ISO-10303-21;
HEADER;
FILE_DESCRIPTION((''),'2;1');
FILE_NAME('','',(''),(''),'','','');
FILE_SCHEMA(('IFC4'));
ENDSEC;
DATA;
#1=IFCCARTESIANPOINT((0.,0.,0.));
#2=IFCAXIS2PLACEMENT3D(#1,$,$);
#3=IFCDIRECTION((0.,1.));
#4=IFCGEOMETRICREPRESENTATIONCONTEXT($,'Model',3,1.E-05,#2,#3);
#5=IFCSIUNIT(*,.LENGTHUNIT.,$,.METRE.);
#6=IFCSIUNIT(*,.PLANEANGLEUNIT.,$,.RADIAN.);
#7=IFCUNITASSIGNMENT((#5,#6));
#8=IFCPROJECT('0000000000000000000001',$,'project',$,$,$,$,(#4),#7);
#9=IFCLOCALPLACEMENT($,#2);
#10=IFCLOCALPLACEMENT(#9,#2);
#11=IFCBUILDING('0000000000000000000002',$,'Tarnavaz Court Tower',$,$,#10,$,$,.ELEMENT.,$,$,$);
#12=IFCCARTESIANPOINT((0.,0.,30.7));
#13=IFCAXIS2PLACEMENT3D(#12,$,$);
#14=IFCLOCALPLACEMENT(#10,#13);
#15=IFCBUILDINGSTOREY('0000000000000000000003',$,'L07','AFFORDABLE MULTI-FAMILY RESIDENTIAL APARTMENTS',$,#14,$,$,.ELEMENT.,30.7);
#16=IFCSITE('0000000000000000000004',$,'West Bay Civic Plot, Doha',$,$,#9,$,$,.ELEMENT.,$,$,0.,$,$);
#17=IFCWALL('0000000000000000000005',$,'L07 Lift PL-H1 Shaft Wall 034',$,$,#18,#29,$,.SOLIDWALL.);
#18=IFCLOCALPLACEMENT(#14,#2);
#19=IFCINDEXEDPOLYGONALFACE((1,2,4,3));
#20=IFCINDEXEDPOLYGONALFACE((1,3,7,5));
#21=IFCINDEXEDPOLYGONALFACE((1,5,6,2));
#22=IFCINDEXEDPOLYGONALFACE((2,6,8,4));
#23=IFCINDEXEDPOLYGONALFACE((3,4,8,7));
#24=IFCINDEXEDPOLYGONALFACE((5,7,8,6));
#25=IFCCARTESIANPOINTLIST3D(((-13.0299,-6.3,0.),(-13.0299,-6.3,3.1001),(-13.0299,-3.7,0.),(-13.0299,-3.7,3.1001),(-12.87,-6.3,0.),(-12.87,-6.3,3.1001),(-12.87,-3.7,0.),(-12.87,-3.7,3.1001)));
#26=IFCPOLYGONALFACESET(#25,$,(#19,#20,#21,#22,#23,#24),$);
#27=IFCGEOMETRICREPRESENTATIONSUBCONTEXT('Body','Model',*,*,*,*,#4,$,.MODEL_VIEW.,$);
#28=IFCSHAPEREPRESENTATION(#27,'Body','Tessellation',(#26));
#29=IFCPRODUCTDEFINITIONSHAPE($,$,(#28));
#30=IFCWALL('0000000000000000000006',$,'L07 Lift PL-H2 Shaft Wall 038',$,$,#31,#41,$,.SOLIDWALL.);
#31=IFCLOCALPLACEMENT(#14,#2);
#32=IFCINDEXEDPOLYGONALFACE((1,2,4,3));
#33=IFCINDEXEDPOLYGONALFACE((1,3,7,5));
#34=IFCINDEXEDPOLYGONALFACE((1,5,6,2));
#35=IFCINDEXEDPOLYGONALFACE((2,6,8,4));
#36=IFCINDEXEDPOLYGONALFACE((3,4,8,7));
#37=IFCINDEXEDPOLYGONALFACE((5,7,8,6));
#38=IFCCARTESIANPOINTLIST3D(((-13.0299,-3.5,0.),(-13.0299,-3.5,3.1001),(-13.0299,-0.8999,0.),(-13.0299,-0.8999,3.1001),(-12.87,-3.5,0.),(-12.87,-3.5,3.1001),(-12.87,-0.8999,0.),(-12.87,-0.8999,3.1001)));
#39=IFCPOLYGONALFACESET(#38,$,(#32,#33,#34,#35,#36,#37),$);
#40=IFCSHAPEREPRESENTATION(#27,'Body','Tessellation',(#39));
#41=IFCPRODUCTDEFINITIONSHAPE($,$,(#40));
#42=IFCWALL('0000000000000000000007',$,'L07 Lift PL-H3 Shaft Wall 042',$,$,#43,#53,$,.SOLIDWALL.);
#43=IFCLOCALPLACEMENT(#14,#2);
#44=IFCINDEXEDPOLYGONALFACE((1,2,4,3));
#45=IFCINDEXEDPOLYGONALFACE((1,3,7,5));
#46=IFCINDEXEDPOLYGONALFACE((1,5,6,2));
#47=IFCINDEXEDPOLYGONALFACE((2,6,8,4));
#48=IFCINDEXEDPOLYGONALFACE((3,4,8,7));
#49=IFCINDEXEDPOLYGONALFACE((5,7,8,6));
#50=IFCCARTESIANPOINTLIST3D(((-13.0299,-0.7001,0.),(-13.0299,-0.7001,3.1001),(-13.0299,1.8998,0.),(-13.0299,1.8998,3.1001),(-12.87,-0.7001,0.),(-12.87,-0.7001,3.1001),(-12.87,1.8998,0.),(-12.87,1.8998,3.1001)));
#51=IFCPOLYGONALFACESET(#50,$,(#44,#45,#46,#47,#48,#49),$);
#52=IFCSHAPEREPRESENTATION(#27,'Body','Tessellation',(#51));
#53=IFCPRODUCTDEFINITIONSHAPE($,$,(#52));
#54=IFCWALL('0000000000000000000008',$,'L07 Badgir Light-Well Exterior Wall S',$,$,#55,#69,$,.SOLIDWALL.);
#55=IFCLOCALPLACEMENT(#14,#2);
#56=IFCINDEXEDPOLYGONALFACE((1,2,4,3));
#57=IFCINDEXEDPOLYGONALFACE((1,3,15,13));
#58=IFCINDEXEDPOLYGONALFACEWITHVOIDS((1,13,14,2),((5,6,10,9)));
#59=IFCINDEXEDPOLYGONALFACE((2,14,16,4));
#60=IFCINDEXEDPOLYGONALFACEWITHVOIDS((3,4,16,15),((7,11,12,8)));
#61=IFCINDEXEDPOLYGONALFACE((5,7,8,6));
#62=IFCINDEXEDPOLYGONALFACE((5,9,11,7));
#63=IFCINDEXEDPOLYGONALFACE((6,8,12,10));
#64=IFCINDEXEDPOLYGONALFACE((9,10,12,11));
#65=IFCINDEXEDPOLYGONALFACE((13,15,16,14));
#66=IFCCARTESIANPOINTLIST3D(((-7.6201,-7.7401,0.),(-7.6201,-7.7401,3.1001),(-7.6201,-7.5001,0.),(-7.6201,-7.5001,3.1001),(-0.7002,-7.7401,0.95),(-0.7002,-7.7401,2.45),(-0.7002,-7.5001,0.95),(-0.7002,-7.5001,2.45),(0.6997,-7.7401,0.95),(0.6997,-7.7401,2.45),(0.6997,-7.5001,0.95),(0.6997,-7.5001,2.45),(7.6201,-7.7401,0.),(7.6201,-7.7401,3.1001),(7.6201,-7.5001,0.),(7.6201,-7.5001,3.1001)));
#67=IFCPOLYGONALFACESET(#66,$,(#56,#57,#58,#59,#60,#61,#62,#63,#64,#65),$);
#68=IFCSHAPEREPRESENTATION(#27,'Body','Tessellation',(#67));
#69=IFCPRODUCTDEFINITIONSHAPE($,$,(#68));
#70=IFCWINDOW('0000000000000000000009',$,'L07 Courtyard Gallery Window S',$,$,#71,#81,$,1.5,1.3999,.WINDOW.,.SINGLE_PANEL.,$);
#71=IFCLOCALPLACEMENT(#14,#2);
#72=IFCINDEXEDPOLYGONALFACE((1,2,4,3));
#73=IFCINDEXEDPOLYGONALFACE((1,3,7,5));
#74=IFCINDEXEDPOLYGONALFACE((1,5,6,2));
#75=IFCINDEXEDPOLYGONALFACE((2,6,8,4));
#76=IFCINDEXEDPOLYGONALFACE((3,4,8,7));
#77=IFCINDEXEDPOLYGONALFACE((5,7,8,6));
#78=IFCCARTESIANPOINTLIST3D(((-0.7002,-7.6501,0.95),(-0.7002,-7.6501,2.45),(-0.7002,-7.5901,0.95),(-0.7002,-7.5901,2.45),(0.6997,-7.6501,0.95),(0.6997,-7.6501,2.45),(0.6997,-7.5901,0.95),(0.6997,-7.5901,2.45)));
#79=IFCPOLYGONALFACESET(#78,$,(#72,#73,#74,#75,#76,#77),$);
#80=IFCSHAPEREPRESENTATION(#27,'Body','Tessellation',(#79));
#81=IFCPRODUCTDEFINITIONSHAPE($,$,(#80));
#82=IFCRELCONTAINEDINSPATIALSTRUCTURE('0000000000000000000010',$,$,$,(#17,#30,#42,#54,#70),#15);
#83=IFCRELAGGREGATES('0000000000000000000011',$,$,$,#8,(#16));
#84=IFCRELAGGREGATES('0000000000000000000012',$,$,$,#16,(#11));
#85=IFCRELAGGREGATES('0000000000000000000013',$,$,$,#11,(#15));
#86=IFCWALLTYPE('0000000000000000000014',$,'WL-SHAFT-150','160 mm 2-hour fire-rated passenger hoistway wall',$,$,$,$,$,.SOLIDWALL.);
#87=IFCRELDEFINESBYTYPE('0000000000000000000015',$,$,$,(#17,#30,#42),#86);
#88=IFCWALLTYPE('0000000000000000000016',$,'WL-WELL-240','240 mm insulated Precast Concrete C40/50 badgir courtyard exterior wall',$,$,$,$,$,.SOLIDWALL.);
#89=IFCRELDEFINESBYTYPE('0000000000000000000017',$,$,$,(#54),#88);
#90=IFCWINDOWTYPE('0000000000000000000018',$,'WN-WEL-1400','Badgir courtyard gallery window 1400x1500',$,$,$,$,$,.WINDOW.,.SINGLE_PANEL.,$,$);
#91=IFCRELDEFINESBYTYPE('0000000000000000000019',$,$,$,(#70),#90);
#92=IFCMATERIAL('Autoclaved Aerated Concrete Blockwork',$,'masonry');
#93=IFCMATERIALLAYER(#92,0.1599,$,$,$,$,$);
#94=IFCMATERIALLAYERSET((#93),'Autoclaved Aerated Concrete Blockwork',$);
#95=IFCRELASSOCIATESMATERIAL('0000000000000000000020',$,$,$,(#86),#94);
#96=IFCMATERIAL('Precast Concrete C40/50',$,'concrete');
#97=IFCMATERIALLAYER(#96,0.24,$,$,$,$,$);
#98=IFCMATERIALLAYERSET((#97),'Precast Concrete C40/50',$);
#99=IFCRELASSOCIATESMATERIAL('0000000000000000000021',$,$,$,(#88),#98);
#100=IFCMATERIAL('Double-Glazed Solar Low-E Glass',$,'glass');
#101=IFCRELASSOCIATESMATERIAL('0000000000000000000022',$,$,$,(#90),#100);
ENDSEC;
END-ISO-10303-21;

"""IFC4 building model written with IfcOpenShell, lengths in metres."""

from ifc_helpers import new_model, si_unit, direction, frame, frame_2d, origin, place, context, subcontext, project, spatial, rectangle, extrude, material, layer, layer_set, type_object, element, fill, save


model = new_model("IFC4")

# Units and contexts
model_context = context("Model", 3, precision=1e-05, world=origin(), true_north=direction((0.0, 1.0)))
body_context = subcontext(model_context, "Body", "Model", "MODEL_VIEW")
ifc_project = project(units=[si_unit("LENGTHUNIT", "METRE"), si_unit("PLANEANGLEUNIT", "RADIAN")], contexts=[model_context])

# Site, building, storey
site_placement = place(None, origin())
site = spatial("IfcSite", under=ifc_project, at=site_placement, Name="West Bay Civic Plot, Doha", CompositionType="ELEMENT", RefElevation=0.0)
building_placement = place(site_placement, origin())
building = spatial("IfcBuilding", under=site, at=building_placement, Name="Tarnavaz Court Tower", CompositionType="ELEMENT")
storey_placement = place(building_placement, frame((0.0, 0.0, 30.7)))
storey = spatial("IfcBuildingStorey", under=building, at=storey_placement, Name="L07", Description="AFFORDABLE MULTI-FAMILY RESIDENTIAL APARTMENTS", CompositionType="ELEMENT", Elevation=30.7)

# Shared definitions
ifc_material_1 = material(Name="Autoclaved Aerated Concrete Blockwork", Category="masonry")
ifc_layer_1 = layer(ifc_material_1, 0.1599)
ifc_layer_set_1 = layer_set([ifc_layer_1], Name="Autoclaved Aerated Concrete Blockwork")
wall_type_1 = type_object("IfcWallType", Name="WL-SHAFT-150", Description="160 mm 2-hour fire-rated passenger hoistway wall", PredefinedType="SOLIDWALL", material=ifc_layer_set_1)

# Walls
for number, where, z_axis, x_axis, name in (
    (1, (-12.95, -6.3, 0.0), (0.0, 0.0, 1.0), (0.0, 1.0, 0.0), "L07 Lift PL-H1 Shaft Wall 034"),
    (2, (-12.95, -3.5, 0.0), (0.0, 0.0, 1.0), (0.0, 1.0, 0.0), "L07 Lift PL-H2 Shaft Wall 038"),
):
    element("IfcWall", number, at=place(storey_placement, frame(where, z_axis=z_axis, x_axis=x_axis)), inside=storey, type_object=wall_type_1, Name=name, PredefinedType="SOLIDWALL", context=body_context, shape_type="SweptSolid", body=[
        extrude(rectangle(XDim=2.6001, YDim=0.1599, at=frame_2d((1.3, 0.0))), origin(), (0.0, 0.0, 1.0), 3.1001),
    ])
wall_1_placement = place(storey_placement, frame((-12.95, -0.7, 0.0), z_axis=(0.0, 0.0, 1.0), x_axis=(0.0, 1.0, 0.0)))
element("IfcWall", 3, at=wall_1_placement, inside=storey, type_object=wall_type_1, Name="L07 Lift PL-H3 Shaft Wall 042", PredefinedType="SOLIDWALL", context=body_context, shape_type="SweptSolid", body=[
    extrude(rectangle(XDim=2.5999, YDim=0.1599, at=frame_2d((1.2998, 0.0))), origin(), (0.0, 0.0, 1.0), 3.1001),
])

# Wall, opening, window
ifc_material_2 = material(Name="Precast Concrete C40/50", Category="concrete")
ifc_layer_2 = layer(ifc_material_2, 0.24)
ifc_layer_set_2 = layer_set([ifc_layer_2], Name="Precast Concrete C40/50")
wall_type_2 = type_object("IfcWallType", Name="WL-WELL-240", Description="240 mm insulated Precast Concrete C40/50 badgir courtyard exterior wall", PredefinedType="SOLIDWALL", material=ifc_layer_set_2)
wall_2_placement = place(storey_placement, frame((-7.6201, -7.6201, 0.0), z_axis=(0.0, 0.0, 1.0), x_axis=(1.0, 0.0, 0.0)))
wall_2 = element("IfcWall", 4, at=wall_2_placement, inside=storey, type_object=wall_type_2, Name="L07 Badgir Light-Well Exterior Wall S", PredefinedType="SOLIDWALL", context=body_context, shape_type="SweptSolid", body=[
    extrude(rectangle(XDim=15.2402, YDim=0.24, at=frame_2d((7.6201, 0.0))), origin(), (0.0, 0.0, 1.0), 3.1001),
])
opening_1_placement = place(wall_2_placement, frame((6.9199, 0.0, 0.95)))
opening_1 = element("IfcOpeningElement", 5, at=opening_1_placement, cuts=wall_2, PredefinedType="OPENING", context=body_context, shape_type="SweptSolid", body=[
    extrude(rectangle(XDim=1.3999, YDim=1.5, at=frame_2d((0.7, 0.75))), frame((0.0, 0.1299, 0.0), z_axis=(0.0, -1.0, 0.0), x_axis=(1.0, 0.0, 0.0)), (0.0, 0.0, 1.0), 0.26),
])
ifc_material_3 = material(Name="Double-Glazed Solar Low-E Glass", Category="glass")
window_type = type_object("IfcWindowType", Name="WN-WEL-1400", Description="Badgir courtyard gallery window 1400x1500", PartitioningType="SINGLE_PANEL", PredefinedType="WINDOW", material=ifc_material_3)
window_placement = place(opening_1_placement, origin())
window = element("IfcWindow", 6, at=window_placement, inside=storey, type_object=window_type, Name="L07 Courtyard Gallery Window S", OverallHeight=1.5, OverallWidth=1.3999, PartitioningType="SINGLE_PANEL", PredefinedType="WINDOW", context=body_context, shape_type="SweptSolid", body=[
    extrude(rectangle(XDim=1.3999, YDim=1.5, at=frame_2d((0.7, 0.75))), frame((0.0, 0.03, 0.0), z_axis=(0.0, -1.0, 0.0), x_axis=(1.0, 0.0, 0.0)), (0.0, 0.0, 1.0), 0.0601),
])
fill(opening_1, window)

save(model, "model.ifc")
